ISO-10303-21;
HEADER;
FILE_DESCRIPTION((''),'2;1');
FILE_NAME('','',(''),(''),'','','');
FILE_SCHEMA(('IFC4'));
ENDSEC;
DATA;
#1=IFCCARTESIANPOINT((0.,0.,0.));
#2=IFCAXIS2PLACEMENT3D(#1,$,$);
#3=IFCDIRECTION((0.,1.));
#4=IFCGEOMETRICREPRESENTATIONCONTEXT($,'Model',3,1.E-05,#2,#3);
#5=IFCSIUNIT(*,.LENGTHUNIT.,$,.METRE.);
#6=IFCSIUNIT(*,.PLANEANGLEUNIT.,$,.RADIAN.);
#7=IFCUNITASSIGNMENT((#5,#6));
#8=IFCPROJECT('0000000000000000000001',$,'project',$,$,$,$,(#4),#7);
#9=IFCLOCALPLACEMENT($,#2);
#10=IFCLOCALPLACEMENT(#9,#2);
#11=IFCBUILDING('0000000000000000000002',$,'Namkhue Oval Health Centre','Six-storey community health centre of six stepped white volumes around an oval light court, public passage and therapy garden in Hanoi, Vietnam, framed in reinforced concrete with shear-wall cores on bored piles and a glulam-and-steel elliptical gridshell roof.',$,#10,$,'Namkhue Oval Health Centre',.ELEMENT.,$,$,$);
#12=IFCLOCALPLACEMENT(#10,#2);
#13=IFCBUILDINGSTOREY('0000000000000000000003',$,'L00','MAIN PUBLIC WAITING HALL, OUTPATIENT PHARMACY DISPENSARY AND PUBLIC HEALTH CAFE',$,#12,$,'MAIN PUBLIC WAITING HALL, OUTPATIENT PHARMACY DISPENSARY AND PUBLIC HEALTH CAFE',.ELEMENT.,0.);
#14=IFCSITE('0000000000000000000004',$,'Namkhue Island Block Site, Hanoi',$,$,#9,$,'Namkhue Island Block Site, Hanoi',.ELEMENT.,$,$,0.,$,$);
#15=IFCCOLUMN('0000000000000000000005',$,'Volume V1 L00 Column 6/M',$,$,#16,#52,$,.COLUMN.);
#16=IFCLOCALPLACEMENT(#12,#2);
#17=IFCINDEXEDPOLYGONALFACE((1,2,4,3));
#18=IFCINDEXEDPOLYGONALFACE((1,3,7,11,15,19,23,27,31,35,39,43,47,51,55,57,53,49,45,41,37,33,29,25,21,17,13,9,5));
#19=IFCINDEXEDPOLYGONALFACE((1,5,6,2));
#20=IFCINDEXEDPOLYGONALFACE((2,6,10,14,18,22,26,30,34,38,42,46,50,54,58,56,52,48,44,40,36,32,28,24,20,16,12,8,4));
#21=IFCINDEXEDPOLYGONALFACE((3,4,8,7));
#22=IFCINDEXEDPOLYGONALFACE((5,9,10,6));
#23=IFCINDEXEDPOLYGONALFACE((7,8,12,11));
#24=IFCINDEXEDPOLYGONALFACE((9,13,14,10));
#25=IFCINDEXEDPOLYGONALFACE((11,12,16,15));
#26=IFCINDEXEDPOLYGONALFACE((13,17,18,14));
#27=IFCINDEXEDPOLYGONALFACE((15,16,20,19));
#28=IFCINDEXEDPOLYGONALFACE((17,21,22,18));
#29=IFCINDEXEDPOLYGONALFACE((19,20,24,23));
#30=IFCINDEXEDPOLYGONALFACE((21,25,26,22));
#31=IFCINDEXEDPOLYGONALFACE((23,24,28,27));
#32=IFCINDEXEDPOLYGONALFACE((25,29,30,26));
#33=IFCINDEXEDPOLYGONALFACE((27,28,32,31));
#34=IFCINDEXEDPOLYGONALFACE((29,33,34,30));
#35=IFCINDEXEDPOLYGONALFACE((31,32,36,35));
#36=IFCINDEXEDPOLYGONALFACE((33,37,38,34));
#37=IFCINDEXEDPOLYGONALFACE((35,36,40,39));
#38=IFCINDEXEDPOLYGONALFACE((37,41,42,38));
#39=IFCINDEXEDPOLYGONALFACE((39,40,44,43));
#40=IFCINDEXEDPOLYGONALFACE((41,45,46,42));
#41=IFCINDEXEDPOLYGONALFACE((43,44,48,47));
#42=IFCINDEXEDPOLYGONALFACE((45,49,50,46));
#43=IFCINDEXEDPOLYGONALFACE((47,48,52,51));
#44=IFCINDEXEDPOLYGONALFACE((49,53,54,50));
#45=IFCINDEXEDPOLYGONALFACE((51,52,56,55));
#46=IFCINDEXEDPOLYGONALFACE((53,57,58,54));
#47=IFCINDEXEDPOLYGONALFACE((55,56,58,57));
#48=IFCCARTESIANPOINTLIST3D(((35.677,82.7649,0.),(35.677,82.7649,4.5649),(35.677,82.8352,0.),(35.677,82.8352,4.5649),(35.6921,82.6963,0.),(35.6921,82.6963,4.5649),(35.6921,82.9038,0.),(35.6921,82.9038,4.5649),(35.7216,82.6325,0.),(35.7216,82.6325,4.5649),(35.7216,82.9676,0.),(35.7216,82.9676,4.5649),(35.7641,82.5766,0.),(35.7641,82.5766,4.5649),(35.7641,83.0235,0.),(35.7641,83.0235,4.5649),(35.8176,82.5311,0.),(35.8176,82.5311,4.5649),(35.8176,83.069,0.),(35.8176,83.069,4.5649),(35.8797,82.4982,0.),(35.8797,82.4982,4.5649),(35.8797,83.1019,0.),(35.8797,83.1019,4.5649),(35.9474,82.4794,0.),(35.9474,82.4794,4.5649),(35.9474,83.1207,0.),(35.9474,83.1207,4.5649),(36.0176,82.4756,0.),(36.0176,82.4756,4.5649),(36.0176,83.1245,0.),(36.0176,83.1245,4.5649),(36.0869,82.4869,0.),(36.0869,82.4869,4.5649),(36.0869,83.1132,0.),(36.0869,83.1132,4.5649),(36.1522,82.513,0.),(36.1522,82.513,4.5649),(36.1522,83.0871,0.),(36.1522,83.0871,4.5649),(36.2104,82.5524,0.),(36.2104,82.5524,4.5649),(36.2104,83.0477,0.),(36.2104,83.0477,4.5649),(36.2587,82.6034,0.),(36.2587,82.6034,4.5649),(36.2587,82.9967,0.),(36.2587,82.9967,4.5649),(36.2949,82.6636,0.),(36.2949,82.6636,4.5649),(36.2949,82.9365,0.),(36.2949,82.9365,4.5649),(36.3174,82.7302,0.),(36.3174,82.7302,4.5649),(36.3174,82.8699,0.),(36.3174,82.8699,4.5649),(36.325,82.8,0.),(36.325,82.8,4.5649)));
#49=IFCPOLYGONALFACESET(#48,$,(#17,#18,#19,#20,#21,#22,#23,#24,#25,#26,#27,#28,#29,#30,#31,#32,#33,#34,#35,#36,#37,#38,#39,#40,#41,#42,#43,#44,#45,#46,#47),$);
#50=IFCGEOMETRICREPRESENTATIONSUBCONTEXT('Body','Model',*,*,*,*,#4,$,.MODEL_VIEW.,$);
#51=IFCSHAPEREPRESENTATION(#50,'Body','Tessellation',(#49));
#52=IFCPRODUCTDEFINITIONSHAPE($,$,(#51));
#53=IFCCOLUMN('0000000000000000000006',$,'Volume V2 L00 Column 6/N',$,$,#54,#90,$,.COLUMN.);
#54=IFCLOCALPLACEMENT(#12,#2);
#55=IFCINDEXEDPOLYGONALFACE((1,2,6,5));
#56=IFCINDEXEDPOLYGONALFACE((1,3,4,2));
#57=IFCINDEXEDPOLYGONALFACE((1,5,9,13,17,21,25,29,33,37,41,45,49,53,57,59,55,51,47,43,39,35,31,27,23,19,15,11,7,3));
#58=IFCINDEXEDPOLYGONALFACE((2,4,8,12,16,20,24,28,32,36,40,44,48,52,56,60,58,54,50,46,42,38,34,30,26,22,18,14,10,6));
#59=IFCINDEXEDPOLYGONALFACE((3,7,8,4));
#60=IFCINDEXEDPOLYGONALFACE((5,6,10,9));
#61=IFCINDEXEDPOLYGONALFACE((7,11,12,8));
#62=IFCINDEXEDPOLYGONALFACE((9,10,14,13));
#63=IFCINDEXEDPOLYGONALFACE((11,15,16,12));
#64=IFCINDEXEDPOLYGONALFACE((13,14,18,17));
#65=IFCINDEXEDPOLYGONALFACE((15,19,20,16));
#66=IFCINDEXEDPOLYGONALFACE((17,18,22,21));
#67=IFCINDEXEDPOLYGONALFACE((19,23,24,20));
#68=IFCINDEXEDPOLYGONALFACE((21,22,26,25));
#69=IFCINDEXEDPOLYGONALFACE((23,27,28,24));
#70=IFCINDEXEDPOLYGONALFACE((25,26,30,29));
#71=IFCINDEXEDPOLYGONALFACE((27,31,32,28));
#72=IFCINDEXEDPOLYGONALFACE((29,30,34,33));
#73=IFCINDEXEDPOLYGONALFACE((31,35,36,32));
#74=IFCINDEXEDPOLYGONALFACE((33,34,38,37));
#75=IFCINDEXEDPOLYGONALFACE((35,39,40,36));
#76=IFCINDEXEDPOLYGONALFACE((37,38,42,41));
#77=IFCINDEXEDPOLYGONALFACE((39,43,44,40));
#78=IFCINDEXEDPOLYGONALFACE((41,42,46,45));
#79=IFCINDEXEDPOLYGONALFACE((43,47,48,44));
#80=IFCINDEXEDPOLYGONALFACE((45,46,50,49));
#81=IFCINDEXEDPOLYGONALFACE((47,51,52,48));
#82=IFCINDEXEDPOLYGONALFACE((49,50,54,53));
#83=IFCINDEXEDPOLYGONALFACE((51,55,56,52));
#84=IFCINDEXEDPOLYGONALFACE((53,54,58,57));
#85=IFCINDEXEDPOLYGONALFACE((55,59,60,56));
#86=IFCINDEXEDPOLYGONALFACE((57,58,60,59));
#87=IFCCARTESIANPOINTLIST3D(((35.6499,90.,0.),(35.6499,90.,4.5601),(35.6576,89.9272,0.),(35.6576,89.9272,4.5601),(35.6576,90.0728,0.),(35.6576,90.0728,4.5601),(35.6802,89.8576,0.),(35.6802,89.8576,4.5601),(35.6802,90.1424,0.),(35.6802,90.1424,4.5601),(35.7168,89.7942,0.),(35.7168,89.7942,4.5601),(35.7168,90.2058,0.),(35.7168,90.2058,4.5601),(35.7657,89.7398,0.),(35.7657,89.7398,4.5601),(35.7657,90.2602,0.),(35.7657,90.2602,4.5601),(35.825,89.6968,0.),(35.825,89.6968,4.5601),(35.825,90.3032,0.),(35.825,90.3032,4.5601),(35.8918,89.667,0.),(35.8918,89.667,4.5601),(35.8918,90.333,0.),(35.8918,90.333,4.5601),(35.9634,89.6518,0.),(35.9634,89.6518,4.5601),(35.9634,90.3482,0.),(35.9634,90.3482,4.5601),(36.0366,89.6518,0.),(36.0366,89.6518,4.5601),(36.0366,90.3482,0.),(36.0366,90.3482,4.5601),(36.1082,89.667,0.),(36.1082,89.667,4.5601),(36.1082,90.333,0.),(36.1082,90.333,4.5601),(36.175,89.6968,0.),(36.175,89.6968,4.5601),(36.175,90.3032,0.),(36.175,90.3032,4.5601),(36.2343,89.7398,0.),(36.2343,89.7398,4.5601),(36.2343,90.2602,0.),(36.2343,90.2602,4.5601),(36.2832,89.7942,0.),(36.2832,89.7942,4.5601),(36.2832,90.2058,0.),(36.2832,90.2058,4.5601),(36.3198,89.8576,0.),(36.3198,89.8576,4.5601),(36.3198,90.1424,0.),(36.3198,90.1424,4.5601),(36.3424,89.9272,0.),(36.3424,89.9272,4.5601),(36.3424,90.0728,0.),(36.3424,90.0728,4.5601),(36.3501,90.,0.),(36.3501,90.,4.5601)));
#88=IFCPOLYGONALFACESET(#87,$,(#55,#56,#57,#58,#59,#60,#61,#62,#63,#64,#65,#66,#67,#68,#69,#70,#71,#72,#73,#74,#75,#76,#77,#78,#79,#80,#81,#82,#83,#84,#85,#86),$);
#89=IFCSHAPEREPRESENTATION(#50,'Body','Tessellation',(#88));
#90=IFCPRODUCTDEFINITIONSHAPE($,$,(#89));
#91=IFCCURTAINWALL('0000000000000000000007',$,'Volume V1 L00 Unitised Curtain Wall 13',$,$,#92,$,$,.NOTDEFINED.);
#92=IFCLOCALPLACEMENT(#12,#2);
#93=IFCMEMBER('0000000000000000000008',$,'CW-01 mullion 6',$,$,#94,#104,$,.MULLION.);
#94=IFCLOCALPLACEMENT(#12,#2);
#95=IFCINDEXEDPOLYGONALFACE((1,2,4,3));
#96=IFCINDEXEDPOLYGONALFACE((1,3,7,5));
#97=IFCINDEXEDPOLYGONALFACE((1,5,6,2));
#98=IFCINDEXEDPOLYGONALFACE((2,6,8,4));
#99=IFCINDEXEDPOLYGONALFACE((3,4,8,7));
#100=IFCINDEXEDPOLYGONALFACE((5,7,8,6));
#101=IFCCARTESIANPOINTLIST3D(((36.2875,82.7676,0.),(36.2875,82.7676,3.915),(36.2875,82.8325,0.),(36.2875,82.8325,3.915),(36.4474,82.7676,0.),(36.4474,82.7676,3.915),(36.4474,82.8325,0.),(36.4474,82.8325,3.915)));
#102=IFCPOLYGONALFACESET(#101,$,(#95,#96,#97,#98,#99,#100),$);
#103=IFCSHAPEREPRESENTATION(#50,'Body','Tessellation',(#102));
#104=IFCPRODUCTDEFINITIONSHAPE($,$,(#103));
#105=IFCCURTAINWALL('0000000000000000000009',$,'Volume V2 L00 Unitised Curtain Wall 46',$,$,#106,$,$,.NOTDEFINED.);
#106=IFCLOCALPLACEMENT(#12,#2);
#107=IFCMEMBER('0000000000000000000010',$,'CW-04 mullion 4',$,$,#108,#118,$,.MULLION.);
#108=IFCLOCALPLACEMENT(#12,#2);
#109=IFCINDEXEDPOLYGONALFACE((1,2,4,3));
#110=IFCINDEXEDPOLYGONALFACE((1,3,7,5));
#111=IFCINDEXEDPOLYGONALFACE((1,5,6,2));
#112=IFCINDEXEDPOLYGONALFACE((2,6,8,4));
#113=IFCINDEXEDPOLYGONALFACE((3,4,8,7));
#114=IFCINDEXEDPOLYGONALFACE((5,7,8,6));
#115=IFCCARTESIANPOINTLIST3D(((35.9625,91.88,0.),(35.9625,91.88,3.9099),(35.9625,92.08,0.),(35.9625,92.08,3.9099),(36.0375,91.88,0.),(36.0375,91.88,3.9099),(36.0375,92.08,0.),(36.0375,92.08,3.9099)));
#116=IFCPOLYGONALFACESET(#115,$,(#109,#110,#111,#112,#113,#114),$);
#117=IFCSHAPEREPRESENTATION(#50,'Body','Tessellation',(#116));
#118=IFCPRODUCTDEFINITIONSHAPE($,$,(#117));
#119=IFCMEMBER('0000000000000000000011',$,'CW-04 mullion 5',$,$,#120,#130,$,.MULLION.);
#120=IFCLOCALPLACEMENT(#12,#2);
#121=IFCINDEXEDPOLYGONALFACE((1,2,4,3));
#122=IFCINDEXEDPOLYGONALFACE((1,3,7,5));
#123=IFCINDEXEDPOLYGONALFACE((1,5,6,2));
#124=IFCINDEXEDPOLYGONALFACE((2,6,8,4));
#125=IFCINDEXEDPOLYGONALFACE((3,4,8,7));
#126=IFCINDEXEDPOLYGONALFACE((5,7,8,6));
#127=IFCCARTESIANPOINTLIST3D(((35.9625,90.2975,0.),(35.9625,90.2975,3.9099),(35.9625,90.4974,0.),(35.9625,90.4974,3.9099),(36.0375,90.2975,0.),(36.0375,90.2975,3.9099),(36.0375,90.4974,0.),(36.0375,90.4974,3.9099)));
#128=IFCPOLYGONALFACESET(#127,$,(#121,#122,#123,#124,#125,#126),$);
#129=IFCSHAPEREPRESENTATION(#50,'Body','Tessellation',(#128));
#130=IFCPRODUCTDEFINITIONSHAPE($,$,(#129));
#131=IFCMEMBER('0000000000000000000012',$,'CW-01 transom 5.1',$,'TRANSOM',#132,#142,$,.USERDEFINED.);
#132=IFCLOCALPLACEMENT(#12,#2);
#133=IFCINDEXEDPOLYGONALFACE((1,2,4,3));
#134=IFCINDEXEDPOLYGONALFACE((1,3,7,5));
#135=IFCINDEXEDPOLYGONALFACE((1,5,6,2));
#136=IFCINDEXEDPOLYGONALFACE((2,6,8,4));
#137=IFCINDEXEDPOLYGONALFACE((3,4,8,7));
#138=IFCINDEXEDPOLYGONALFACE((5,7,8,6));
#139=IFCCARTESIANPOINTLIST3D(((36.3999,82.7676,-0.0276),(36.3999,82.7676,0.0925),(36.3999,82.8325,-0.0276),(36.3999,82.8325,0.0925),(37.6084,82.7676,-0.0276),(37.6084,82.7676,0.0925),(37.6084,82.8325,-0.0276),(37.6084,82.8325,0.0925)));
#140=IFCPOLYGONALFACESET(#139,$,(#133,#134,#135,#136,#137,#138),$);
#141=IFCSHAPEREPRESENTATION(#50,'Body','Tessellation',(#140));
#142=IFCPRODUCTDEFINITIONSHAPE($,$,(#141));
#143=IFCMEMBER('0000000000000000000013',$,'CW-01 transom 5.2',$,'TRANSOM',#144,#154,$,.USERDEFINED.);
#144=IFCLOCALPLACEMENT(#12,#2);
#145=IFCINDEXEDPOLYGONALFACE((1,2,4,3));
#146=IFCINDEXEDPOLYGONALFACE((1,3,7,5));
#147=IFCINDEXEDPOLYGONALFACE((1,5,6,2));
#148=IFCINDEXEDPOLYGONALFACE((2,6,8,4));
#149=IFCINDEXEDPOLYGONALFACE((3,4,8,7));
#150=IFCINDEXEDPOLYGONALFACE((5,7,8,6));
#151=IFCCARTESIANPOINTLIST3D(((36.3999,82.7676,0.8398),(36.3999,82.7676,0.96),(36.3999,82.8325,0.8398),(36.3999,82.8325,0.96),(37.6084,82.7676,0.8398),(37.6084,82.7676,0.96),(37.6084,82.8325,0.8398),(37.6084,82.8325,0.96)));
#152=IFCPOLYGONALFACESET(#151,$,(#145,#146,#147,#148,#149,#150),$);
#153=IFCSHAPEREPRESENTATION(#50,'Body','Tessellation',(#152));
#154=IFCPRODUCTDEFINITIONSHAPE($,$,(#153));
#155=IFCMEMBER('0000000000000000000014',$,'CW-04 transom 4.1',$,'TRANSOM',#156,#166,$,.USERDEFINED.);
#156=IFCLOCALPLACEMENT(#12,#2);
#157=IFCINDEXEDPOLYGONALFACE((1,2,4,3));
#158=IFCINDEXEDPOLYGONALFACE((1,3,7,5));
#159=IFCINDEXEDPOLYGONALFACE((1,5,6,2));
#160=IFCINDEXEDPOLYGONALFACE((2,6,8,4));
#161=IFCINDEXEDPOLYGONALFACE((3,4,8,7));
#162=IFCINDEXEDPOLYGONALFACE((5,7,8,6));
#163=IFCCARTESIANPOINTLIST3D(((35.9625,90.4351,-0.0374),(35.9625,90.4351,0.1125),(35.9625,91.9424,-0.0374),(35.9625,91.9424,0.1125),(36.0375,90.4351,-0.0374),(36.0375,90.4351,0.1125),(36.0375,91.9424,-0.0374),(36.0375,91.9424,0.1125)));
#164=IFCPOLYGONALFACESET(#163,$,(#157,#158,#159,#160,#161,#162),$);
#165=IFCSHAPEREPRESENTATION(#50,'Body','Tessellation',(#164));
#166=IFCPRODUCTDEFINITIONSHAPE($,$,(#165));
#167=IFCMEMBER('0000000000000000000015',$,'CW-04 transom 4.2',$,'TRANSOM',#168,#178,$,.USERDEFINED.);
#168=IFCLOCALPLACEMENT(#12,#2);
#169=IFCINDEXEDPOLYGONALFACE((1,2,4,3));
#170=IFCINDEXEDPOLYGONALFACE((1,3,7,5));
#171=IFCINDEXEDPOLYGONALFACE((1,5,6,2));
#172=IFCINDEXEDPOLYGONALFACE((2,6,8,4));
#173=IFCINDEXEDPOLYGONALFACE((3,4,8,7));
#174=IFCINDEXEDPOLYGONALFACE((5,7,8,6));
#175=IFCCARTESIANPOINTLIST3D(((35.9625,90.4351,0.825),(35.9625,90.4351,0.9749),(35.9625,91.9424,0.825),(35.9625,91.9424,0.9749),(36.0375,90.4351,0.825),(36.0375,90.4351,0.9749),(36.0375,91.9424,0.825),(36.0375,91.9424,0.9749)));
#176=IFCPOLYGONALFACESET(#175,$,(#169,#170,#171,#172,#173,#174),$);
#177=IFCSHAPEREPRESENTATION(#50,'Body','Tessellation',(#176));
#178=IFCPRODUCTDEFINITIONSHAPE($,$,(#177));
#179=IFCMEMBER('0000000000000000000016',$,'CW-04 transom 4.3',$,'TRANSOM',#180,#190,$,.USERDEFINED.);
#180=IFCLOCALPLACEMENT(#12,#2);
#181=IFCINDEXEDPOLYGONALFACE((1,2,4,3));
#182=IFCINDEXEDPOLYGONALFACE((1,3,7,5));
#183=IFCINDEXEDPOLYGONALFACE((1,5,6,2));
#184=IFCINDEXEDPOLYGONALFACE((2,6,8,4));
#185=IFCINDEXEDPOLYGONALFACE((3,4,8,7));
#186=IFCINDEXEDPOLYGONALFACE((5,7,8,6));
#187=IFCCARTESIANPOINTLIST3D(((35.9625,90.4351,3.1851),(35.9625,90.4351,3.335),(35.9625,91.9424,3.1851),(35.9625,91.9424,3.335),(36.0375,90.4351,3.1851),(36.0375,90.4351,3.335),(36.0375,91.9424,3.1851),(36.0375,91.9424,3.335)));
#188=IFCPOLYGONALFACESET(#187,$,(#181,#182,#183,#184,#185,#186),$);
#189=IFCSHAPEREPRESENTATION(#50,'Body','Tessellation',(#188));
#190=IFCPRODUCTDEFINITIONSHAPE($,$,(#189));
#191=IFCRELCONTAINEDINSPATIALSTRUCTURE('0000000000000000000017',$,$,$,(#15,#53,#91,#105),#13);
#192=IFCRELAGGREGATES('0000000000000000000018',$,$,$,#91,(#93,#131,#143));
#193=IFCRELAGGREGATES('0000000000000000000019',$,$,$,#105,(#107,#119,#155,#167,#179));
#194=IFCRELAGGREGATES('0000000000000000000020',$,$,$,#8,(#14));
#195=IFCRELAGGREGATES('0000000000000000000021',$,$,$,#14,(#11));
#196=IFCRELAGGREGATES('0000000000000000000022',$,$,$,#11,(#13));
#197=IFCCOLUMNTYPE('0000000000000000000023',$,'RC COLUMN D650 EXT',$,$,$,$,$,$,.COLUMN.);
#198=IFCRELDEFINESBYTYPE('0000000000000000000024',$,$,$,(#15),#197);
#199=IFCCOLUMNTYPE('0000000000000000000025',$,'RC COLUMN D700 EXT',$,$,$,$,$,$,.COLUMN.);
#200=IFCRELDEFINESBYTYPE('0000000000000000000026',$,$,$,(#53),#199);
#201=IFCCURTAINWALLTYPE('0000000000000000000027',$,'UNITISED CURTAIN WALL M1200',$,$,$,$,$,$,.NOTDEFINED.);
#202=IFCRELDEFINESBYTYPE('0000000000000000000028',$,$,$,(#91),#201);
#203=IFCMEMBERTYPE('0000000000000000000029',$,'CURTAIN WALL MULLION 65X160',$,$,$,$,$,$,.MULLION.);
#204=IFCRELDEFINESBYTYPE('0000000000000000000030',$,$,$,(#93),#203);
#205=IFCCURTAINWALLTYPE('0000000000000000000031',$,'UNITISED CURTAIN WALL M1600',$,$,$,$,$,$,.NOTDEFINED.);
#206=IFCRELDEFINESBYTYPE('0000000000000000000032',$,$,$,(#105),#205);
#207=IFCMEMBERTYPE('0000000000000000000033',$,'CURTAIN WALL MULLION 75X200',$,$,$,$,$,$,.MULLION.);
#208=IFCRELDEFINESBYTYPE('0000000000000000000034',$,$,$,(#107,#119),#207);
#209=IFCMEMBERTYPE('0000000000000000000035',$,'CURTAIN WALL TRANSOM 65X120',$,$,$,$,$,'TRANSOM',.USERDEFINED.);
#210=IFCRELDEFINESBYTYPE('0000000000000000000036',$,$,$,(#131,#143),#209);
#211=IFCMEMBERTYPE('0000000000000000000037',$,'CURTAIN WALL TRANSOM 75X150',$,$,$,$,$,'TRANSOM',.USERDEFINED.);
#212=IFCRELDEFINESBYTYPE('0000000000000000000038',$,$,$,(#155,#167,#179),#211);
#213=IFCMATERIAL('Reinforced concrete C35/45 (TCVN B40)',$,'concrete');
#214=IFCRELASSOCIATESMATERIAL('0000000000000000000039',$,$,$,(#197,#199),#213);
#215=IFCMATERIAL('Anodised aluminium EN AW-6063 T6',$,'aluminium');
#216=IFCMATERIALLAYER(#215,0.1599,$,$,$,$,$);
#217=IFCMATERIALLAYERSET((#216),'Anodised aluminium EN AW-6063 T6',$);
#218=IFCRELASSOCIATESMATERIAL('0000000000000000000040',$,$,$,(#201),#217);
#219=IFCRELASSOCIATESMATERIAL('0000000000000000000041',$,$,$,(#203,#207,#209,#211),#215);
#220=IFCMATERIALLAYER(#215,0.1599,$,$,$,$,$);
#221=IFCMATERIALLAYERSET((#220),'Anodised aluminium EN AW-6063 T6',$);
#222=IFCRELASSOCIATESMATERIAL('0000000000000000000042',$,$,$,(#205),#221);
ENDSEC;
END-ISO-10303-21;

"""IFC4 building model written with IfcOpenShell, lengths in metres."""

from ifc_helpers import new_model, si_unit, direction, frame, origin, origin_2d, place, context, subcontext, project, spatial, rectangle, circle, extrude, material, layer, layer_set, material_profile, profile_set, type_object, element, aggregate, save


model = new_model("IFC4")

# Units and contexts
model_context = context("Model", 3, precision=1e-05, world=origin(), true_north=direction((0.0, 1.0)))
body_context = subcontext(model_context, "Body", "Model", "MODEL_VIEW")
ifc_project = project(units=[si_unit("LENGTHUNIT", "METRE"), si_unit("PLANEANGLEUNIT", "RADIAN")], contexts=[model_context])

# Site, building, storey
site_placement = place(None, origin())
site = spatial("IfcSite", under=ifc_project, at=site_placement, Name="Namkhue Island Block Site, Hanoi", LongName="Namkhue Island Block Site, Hanoi", CompositionType="ELEMENT", RefElevation=0.0)
building_placement = place(site_placement, origin())
building = spatial("IfcBuilding", under=site, at=building_placement, Name="Namkhue Oval Health Centre", Description="Six-storey community health centre of six stepped white volumes around an oval light court, public passage and therapy garden in Hanoi, Vietnam, framed in reinforced concrete with shear-wall cores on bored piles and a glulam-and-steel elliptical gridshell roof.", LongName="Namkhue Oval Health Centre", CompositionType="ELEMENT")
storey_placement = place(building_placement, origin())
storey = spatial("IfcBuildingStorey", under=building, at=storey_placement, Name="L00", Description="MAIN PUBLIC WAITING HALL, OUTPATIENT PHARMACY DISPENSARY AND PUBLIC HEALTH CAFE", LongName="MAIN PUBLIC WAITING HALL, OUTPATIENT PHARMACY DISPENSARY AND PUBLIC HEALTH CAFE", CompositionType="ELEMENT", Elevation=0.0)

# Columns
ifc_material_1 = material(Name="Reinforced concrete C35/45 (TCVN B40)", Category="concrete")
ifc_material_profile_1 = material_profile(ifc_material_1, circle(Radius=0.325, at=origin_2d()), Name="RC D650")
ifc_profile_set_1 = profile_set([ifc_material_profile_1], Name="Reinforced concrete C35/45 (TCVN B40)")
column_type_1 = type_object("IfcColumnType", Name="RC COLUMN D650 EXT", PredefinedType="COLUMN", material=ifc_profile_set_1)
column_1_placement = place(storey_placement, frame((36.0, 82.8, 0.0), z_axis=(0.0, 0.0, 1.0), x_axis=(1.0, 0.0, 0.0)))
element("IfcColumn", 1, at=column_1_placement, inside=storey, type_object=column_type_1, Name="Volume V1 L00 Column 6/M", PredefinedType="COLUMN", context=body_context, shape_type="SweptSolid", body=[
    extrude(circle(Radius=0.325, at=origin_2d()), origin(), (0.0, 0.0, 1.0), 4.5649),
])
ifc_material_profile_2 = material_profile(ifc_material_1, circle(Radius=0.3501, at=origin_2d()), Name="RC D700")
ifc_profile_set_2 = profile_set([ifc_material_profile_2], Name="Reinforced concrete C35/45 (TCVN B40)")
column_type_2 = type_object("IfcColumnType", Name="RC COLUMN D700 EXT", PredefinedType="COLUMN", material=ifc_profile_set_2)
column_2_placement = place(storey_placement, frame((36.0, 90.0, 0.0), z_axis=(0.0, 0.0, 1.0), x_axis=(1.0, 0.0, 0.0)))
element("IfcColumn", 2, at=column_2_placement, inside=storey, type_object=column_type_2, Name="Volume V2 L00 Column 6/N", PredefinedType="COLUMN", context=body_context, shape_type="SweptSolid", body=[
    extrude(circle(Radius=0.3501, at=origin_2d()), origin(), (0.0, 0.0, 1.0), 4.5601),
])

# Curtain wall, member
ifc_material_2 = material(Name="Anodised aluminium EN AW-6063 T6", Category="aluminium")
ifc_layer_1 = layer(ifc_material_2, 0.1599)
ifc_layer_set_1 = layer_set([ifc_layer_1], Name="Anodised aluminium EN AW-6063 T6")
curtain_wall_type_1 = type_object("IfcCurtainWallType", Name="UNITISED CURTAIN WALL M1200", PredefinedType="NOTDEFINED", material=ifc_layer_set_1)
curtain_wall_1_placement = place(storey_placement, origin())
curtain_wall_1 = element("IfcCurtainWall", 3, at=curtain_wall_1_placement, inside=storey, type_object=curtain_wall_type_1, Name="Volume V1 L00 Unitised Curtain Wall 13", PredefinedType="NOTDEFINED")
ifc_material_profile_3 = material_profile(ifc_material_2, rectangle(XDim=0.0649, YDim=0.1599, at=origin_2d()), Name="ALU 65x160")
ifc_profile_set_3 = profile_set([ifc_material_profile_3], Name="Anodised aluminium EN AW-6063 T6")
member_type_1 = type_object("IfcMemberType", Name="CURTAIN WALL MULLION 65X160", PredefinedType="MULLION", material=ifc_profile_set_3)
member_1_placement = place(storey_placement, frame((36.3674, 82.8, 0.0), z_axis=(0.0, 0.0, 1.0), x_axis=(0.0, -1.0, 0.0)))
member_1 = element("IfcMember", 4, at=member_1_placement, type_object=member_type_1, Name="CW-01 mullion 6", PredefinedType="MULLION", context=body_context, shape_type="SweptSolid", body=[
    extrude(rectangle(XDim=0.0649, YDim=0.1599, at=origin_2d()), origin(), (0.0, 0.0, 1.0), 3.915),
])

# Curtain wall, members
ifc_layer_2 = layer(ifc_material_2, 0.1599)
ifc_layer_set_2 = layer_set([ifc_layer_2], Name="Anodised aluminium EN AW-6063 T6")
curtain_wall_type_2 = type_object("IfcCurtainWallType", Name="UNITISED CURTAIN WALL M1600", PredefinedType="NOTDEFINED", material=ifc_layer_set_2)
curtain_wall_2_placement = place(storey_placement, origin())
curtain_wall_2 = element("IfcCurtainWall", 5, at=curtain_wall_2_placement, inside=storey, type_object=curtain_wall_type_2, Name="Volume V2 L00 Unitised Curtain Wall 46", PredefinedType="NOTDEFINED")
ifc_material_profile_4 = material_profile(ifc_material_2, rectangle(XDim=0.075, YDim=0.2, at=origin_2d()), Name="ALU 75x200")
ifc_profile_set_4 = profile_set([ifc_material_profile_4], Name="Anodised aluminium EN AW-6063 T6")
member_type_2 = type_object("IfcMemberType", Name="CURTAIN WALL MULLION 75X200", PredefinedType="MULLION", material=ifc_profile_set_4)
member_2_placement = place(storey_placement, frame((36.0, 91.98, 0.0), z_axis=(0.0, 0.0, 1.0), x_axis=(1.0, 0.0, 0.0)))
member_2 = element("IfcMember", 6, at=member_2_placement, type_object=member_type_2, Name="CW-04 mullion 4", PredefinedType="MULLION", context=body_context, shape_type="SweptSolid", body=[
    extrude(rectangle(XDim=0.075, YDim=0.2, at=origin_2d()), origin(), (0.0, 0.0, 1.0), 3.9099),
])
member_3_placement = place(storey_placement, frame((36.0, 90.3975, 0.0), z_axis=(0.0, 0.0, 1.0), x_axis=(1.0, 0.0, 0.0)))
member_3 = element("IfcMember", 7, at=member_3_placement, type_object=member_type_2, Name="CW-04 mullion 5", PredefinedType="MULLION", context=body_context, shape_type="SweptSolid", body=[
    extrude(rectangle(XDim=0.075, YDim=0.2, at=origin_2d()), origin(), (0.0, 0.0, 1.0), 3.9099),
])

# Members
ifc_material_profile_5 = material_profile(ifc_material_2, rectangle(XDim=0.0649, YDim=0.1201, at=origin_2d()), Name="ALU 65x120")
ifc_profile_set_5 = profile_set([ifc_material_profile_5], Name="Anodised aluminium EN AW-6063 T6")
member_type_3 = type_object("IfcMemberType", Name="CURTAIN WALL TRANSOM 65X120", ElementType="TRANSOM", PredefinedType="USERDEFINED", material=ifc_profile_set_5)
member_4_placement = place(storey_placement, frame((37.6084, 82.8, 0.0325), z_axis=(-1.0, 0.0, 0.0), x_axis=(0.0, -1.0, 0.0)))
member_4 = element("IfcMember", 8, at=member_4_placement, type_object=member_type_3, Name="CW-01 transom 5.1", ObjectType="TRANSOM", PredefinedType="USERDEFINED", context=body_context, shape_type="SweptSolid", body=[
    extrude(rectangle(XDim=0.0649, YDim=0.1201, at=origin_2d()), origin(), (0.0, 0.0, 1.0), 1.2085),
])
member_5_placement = place(storey_placement, frame((37.6084, 82.8, 0.8999), z_axis=(-1.0, 0.0, 0.0), x_axis=(0.0, -1.0, 0.0)))
member_5 = element("IfcMember", 9, at=member_5_placement, type_object=member_type_3, Name="CW-01 transom 5.2", ObjectType="TRANSOM", PredefinedType="USERDEFINED", context=body_context, shape_type="SweptSolid", body=[
    extrude(rectangle(XDim=0.0649, YDim=0.1201, at=origin_2d()), origin(), (0.0, 0.0, 1.0), 1.2085),
])
ifc_material_profile_6 = material_profile(ifc_material_2, rectangle(XDim=0.075, YDim=0.1499, at=origin_2d()), Name="ALU 75x150")
ifc_profile_set_6 = profile_set([ifc_material_profile_6], Name="Anodised aluminium EN AW-6063 T6")
member_type_4 = type_object("IfcMemberType", Name="CURTAIN WALL TRANSOM 75X150", ElementType="TRANSOM", PredefinedType="USERDEFINED", material=ifc_profile_set_6)
member_6_placement = place(storey_placement, frame((36.0, 91.9424, 0.0376), z_axis=(0.0, -1.0, 0.0), x_axis=(1.0, 0.0, 0.0)))
member_6 = element("IfcMember", 10, at=member_6_placement, type_object=member_type_4, Name="CW-04 transom 4.1", ObjectType="TRANSOM", PredefinedType="USERDEFINED", context=body_context, shape_type="SweptSolid", body=[
    extrude(rectangle(XDim=0.075, YDim=0.1499, at=origin_2d()), origin(), (0.0, 0.0, 1.0), 1.5073),
])
member_7_placement = place(storey_placement, frame((36.0, 91.9424, 0.8999), z_axis=(0.0, -1.0, 0.0), x_axis=(1.0, 0.0, 0.0)))
member_7 = element("IfcMember", 11, at=member_7_placement, type_object=member_type_4, Name="CW-04 transom 4.2", ObjectType="TRANSOM", PredefinedType="USERDEFINED", context=body_context, shape_type="SweptSolid", body=[
    extrude(rectangle(XDim=0.075, YDim=0.1499, at=origin_2d()), origin(), (0.0, 0.0, 1.0), 1.5073),
])
member_8_placement = place(storey_placement, frame((36.0, 91.9424, 3.26), z_axis=(0.0, -1.0, 0.0), x_axis=(1.0, 0.0, 0.0)))
member_8 = element("IfcMember", 12, at=member_8_placement, type_object=member_type_4, Name="CW-04 transom 4.3", ObjectType="TRANSOM", PredefinedType="USERDEFINED", context=body_context, shape_type="SweptSolid", body=[
    extrude(rectangle(XDim=0.075, YDim=0.1499, at=origin_2d()), origin(), (0.0, 0.0, 1.0), 1.5073),
])

aggregate(curtain_wall_1, [member_1, member_4, member_5])
aggregate(curtain_wall_2, [member_2, member_3, member_6, member_7, member_8])

save(model, "model.ifc")
